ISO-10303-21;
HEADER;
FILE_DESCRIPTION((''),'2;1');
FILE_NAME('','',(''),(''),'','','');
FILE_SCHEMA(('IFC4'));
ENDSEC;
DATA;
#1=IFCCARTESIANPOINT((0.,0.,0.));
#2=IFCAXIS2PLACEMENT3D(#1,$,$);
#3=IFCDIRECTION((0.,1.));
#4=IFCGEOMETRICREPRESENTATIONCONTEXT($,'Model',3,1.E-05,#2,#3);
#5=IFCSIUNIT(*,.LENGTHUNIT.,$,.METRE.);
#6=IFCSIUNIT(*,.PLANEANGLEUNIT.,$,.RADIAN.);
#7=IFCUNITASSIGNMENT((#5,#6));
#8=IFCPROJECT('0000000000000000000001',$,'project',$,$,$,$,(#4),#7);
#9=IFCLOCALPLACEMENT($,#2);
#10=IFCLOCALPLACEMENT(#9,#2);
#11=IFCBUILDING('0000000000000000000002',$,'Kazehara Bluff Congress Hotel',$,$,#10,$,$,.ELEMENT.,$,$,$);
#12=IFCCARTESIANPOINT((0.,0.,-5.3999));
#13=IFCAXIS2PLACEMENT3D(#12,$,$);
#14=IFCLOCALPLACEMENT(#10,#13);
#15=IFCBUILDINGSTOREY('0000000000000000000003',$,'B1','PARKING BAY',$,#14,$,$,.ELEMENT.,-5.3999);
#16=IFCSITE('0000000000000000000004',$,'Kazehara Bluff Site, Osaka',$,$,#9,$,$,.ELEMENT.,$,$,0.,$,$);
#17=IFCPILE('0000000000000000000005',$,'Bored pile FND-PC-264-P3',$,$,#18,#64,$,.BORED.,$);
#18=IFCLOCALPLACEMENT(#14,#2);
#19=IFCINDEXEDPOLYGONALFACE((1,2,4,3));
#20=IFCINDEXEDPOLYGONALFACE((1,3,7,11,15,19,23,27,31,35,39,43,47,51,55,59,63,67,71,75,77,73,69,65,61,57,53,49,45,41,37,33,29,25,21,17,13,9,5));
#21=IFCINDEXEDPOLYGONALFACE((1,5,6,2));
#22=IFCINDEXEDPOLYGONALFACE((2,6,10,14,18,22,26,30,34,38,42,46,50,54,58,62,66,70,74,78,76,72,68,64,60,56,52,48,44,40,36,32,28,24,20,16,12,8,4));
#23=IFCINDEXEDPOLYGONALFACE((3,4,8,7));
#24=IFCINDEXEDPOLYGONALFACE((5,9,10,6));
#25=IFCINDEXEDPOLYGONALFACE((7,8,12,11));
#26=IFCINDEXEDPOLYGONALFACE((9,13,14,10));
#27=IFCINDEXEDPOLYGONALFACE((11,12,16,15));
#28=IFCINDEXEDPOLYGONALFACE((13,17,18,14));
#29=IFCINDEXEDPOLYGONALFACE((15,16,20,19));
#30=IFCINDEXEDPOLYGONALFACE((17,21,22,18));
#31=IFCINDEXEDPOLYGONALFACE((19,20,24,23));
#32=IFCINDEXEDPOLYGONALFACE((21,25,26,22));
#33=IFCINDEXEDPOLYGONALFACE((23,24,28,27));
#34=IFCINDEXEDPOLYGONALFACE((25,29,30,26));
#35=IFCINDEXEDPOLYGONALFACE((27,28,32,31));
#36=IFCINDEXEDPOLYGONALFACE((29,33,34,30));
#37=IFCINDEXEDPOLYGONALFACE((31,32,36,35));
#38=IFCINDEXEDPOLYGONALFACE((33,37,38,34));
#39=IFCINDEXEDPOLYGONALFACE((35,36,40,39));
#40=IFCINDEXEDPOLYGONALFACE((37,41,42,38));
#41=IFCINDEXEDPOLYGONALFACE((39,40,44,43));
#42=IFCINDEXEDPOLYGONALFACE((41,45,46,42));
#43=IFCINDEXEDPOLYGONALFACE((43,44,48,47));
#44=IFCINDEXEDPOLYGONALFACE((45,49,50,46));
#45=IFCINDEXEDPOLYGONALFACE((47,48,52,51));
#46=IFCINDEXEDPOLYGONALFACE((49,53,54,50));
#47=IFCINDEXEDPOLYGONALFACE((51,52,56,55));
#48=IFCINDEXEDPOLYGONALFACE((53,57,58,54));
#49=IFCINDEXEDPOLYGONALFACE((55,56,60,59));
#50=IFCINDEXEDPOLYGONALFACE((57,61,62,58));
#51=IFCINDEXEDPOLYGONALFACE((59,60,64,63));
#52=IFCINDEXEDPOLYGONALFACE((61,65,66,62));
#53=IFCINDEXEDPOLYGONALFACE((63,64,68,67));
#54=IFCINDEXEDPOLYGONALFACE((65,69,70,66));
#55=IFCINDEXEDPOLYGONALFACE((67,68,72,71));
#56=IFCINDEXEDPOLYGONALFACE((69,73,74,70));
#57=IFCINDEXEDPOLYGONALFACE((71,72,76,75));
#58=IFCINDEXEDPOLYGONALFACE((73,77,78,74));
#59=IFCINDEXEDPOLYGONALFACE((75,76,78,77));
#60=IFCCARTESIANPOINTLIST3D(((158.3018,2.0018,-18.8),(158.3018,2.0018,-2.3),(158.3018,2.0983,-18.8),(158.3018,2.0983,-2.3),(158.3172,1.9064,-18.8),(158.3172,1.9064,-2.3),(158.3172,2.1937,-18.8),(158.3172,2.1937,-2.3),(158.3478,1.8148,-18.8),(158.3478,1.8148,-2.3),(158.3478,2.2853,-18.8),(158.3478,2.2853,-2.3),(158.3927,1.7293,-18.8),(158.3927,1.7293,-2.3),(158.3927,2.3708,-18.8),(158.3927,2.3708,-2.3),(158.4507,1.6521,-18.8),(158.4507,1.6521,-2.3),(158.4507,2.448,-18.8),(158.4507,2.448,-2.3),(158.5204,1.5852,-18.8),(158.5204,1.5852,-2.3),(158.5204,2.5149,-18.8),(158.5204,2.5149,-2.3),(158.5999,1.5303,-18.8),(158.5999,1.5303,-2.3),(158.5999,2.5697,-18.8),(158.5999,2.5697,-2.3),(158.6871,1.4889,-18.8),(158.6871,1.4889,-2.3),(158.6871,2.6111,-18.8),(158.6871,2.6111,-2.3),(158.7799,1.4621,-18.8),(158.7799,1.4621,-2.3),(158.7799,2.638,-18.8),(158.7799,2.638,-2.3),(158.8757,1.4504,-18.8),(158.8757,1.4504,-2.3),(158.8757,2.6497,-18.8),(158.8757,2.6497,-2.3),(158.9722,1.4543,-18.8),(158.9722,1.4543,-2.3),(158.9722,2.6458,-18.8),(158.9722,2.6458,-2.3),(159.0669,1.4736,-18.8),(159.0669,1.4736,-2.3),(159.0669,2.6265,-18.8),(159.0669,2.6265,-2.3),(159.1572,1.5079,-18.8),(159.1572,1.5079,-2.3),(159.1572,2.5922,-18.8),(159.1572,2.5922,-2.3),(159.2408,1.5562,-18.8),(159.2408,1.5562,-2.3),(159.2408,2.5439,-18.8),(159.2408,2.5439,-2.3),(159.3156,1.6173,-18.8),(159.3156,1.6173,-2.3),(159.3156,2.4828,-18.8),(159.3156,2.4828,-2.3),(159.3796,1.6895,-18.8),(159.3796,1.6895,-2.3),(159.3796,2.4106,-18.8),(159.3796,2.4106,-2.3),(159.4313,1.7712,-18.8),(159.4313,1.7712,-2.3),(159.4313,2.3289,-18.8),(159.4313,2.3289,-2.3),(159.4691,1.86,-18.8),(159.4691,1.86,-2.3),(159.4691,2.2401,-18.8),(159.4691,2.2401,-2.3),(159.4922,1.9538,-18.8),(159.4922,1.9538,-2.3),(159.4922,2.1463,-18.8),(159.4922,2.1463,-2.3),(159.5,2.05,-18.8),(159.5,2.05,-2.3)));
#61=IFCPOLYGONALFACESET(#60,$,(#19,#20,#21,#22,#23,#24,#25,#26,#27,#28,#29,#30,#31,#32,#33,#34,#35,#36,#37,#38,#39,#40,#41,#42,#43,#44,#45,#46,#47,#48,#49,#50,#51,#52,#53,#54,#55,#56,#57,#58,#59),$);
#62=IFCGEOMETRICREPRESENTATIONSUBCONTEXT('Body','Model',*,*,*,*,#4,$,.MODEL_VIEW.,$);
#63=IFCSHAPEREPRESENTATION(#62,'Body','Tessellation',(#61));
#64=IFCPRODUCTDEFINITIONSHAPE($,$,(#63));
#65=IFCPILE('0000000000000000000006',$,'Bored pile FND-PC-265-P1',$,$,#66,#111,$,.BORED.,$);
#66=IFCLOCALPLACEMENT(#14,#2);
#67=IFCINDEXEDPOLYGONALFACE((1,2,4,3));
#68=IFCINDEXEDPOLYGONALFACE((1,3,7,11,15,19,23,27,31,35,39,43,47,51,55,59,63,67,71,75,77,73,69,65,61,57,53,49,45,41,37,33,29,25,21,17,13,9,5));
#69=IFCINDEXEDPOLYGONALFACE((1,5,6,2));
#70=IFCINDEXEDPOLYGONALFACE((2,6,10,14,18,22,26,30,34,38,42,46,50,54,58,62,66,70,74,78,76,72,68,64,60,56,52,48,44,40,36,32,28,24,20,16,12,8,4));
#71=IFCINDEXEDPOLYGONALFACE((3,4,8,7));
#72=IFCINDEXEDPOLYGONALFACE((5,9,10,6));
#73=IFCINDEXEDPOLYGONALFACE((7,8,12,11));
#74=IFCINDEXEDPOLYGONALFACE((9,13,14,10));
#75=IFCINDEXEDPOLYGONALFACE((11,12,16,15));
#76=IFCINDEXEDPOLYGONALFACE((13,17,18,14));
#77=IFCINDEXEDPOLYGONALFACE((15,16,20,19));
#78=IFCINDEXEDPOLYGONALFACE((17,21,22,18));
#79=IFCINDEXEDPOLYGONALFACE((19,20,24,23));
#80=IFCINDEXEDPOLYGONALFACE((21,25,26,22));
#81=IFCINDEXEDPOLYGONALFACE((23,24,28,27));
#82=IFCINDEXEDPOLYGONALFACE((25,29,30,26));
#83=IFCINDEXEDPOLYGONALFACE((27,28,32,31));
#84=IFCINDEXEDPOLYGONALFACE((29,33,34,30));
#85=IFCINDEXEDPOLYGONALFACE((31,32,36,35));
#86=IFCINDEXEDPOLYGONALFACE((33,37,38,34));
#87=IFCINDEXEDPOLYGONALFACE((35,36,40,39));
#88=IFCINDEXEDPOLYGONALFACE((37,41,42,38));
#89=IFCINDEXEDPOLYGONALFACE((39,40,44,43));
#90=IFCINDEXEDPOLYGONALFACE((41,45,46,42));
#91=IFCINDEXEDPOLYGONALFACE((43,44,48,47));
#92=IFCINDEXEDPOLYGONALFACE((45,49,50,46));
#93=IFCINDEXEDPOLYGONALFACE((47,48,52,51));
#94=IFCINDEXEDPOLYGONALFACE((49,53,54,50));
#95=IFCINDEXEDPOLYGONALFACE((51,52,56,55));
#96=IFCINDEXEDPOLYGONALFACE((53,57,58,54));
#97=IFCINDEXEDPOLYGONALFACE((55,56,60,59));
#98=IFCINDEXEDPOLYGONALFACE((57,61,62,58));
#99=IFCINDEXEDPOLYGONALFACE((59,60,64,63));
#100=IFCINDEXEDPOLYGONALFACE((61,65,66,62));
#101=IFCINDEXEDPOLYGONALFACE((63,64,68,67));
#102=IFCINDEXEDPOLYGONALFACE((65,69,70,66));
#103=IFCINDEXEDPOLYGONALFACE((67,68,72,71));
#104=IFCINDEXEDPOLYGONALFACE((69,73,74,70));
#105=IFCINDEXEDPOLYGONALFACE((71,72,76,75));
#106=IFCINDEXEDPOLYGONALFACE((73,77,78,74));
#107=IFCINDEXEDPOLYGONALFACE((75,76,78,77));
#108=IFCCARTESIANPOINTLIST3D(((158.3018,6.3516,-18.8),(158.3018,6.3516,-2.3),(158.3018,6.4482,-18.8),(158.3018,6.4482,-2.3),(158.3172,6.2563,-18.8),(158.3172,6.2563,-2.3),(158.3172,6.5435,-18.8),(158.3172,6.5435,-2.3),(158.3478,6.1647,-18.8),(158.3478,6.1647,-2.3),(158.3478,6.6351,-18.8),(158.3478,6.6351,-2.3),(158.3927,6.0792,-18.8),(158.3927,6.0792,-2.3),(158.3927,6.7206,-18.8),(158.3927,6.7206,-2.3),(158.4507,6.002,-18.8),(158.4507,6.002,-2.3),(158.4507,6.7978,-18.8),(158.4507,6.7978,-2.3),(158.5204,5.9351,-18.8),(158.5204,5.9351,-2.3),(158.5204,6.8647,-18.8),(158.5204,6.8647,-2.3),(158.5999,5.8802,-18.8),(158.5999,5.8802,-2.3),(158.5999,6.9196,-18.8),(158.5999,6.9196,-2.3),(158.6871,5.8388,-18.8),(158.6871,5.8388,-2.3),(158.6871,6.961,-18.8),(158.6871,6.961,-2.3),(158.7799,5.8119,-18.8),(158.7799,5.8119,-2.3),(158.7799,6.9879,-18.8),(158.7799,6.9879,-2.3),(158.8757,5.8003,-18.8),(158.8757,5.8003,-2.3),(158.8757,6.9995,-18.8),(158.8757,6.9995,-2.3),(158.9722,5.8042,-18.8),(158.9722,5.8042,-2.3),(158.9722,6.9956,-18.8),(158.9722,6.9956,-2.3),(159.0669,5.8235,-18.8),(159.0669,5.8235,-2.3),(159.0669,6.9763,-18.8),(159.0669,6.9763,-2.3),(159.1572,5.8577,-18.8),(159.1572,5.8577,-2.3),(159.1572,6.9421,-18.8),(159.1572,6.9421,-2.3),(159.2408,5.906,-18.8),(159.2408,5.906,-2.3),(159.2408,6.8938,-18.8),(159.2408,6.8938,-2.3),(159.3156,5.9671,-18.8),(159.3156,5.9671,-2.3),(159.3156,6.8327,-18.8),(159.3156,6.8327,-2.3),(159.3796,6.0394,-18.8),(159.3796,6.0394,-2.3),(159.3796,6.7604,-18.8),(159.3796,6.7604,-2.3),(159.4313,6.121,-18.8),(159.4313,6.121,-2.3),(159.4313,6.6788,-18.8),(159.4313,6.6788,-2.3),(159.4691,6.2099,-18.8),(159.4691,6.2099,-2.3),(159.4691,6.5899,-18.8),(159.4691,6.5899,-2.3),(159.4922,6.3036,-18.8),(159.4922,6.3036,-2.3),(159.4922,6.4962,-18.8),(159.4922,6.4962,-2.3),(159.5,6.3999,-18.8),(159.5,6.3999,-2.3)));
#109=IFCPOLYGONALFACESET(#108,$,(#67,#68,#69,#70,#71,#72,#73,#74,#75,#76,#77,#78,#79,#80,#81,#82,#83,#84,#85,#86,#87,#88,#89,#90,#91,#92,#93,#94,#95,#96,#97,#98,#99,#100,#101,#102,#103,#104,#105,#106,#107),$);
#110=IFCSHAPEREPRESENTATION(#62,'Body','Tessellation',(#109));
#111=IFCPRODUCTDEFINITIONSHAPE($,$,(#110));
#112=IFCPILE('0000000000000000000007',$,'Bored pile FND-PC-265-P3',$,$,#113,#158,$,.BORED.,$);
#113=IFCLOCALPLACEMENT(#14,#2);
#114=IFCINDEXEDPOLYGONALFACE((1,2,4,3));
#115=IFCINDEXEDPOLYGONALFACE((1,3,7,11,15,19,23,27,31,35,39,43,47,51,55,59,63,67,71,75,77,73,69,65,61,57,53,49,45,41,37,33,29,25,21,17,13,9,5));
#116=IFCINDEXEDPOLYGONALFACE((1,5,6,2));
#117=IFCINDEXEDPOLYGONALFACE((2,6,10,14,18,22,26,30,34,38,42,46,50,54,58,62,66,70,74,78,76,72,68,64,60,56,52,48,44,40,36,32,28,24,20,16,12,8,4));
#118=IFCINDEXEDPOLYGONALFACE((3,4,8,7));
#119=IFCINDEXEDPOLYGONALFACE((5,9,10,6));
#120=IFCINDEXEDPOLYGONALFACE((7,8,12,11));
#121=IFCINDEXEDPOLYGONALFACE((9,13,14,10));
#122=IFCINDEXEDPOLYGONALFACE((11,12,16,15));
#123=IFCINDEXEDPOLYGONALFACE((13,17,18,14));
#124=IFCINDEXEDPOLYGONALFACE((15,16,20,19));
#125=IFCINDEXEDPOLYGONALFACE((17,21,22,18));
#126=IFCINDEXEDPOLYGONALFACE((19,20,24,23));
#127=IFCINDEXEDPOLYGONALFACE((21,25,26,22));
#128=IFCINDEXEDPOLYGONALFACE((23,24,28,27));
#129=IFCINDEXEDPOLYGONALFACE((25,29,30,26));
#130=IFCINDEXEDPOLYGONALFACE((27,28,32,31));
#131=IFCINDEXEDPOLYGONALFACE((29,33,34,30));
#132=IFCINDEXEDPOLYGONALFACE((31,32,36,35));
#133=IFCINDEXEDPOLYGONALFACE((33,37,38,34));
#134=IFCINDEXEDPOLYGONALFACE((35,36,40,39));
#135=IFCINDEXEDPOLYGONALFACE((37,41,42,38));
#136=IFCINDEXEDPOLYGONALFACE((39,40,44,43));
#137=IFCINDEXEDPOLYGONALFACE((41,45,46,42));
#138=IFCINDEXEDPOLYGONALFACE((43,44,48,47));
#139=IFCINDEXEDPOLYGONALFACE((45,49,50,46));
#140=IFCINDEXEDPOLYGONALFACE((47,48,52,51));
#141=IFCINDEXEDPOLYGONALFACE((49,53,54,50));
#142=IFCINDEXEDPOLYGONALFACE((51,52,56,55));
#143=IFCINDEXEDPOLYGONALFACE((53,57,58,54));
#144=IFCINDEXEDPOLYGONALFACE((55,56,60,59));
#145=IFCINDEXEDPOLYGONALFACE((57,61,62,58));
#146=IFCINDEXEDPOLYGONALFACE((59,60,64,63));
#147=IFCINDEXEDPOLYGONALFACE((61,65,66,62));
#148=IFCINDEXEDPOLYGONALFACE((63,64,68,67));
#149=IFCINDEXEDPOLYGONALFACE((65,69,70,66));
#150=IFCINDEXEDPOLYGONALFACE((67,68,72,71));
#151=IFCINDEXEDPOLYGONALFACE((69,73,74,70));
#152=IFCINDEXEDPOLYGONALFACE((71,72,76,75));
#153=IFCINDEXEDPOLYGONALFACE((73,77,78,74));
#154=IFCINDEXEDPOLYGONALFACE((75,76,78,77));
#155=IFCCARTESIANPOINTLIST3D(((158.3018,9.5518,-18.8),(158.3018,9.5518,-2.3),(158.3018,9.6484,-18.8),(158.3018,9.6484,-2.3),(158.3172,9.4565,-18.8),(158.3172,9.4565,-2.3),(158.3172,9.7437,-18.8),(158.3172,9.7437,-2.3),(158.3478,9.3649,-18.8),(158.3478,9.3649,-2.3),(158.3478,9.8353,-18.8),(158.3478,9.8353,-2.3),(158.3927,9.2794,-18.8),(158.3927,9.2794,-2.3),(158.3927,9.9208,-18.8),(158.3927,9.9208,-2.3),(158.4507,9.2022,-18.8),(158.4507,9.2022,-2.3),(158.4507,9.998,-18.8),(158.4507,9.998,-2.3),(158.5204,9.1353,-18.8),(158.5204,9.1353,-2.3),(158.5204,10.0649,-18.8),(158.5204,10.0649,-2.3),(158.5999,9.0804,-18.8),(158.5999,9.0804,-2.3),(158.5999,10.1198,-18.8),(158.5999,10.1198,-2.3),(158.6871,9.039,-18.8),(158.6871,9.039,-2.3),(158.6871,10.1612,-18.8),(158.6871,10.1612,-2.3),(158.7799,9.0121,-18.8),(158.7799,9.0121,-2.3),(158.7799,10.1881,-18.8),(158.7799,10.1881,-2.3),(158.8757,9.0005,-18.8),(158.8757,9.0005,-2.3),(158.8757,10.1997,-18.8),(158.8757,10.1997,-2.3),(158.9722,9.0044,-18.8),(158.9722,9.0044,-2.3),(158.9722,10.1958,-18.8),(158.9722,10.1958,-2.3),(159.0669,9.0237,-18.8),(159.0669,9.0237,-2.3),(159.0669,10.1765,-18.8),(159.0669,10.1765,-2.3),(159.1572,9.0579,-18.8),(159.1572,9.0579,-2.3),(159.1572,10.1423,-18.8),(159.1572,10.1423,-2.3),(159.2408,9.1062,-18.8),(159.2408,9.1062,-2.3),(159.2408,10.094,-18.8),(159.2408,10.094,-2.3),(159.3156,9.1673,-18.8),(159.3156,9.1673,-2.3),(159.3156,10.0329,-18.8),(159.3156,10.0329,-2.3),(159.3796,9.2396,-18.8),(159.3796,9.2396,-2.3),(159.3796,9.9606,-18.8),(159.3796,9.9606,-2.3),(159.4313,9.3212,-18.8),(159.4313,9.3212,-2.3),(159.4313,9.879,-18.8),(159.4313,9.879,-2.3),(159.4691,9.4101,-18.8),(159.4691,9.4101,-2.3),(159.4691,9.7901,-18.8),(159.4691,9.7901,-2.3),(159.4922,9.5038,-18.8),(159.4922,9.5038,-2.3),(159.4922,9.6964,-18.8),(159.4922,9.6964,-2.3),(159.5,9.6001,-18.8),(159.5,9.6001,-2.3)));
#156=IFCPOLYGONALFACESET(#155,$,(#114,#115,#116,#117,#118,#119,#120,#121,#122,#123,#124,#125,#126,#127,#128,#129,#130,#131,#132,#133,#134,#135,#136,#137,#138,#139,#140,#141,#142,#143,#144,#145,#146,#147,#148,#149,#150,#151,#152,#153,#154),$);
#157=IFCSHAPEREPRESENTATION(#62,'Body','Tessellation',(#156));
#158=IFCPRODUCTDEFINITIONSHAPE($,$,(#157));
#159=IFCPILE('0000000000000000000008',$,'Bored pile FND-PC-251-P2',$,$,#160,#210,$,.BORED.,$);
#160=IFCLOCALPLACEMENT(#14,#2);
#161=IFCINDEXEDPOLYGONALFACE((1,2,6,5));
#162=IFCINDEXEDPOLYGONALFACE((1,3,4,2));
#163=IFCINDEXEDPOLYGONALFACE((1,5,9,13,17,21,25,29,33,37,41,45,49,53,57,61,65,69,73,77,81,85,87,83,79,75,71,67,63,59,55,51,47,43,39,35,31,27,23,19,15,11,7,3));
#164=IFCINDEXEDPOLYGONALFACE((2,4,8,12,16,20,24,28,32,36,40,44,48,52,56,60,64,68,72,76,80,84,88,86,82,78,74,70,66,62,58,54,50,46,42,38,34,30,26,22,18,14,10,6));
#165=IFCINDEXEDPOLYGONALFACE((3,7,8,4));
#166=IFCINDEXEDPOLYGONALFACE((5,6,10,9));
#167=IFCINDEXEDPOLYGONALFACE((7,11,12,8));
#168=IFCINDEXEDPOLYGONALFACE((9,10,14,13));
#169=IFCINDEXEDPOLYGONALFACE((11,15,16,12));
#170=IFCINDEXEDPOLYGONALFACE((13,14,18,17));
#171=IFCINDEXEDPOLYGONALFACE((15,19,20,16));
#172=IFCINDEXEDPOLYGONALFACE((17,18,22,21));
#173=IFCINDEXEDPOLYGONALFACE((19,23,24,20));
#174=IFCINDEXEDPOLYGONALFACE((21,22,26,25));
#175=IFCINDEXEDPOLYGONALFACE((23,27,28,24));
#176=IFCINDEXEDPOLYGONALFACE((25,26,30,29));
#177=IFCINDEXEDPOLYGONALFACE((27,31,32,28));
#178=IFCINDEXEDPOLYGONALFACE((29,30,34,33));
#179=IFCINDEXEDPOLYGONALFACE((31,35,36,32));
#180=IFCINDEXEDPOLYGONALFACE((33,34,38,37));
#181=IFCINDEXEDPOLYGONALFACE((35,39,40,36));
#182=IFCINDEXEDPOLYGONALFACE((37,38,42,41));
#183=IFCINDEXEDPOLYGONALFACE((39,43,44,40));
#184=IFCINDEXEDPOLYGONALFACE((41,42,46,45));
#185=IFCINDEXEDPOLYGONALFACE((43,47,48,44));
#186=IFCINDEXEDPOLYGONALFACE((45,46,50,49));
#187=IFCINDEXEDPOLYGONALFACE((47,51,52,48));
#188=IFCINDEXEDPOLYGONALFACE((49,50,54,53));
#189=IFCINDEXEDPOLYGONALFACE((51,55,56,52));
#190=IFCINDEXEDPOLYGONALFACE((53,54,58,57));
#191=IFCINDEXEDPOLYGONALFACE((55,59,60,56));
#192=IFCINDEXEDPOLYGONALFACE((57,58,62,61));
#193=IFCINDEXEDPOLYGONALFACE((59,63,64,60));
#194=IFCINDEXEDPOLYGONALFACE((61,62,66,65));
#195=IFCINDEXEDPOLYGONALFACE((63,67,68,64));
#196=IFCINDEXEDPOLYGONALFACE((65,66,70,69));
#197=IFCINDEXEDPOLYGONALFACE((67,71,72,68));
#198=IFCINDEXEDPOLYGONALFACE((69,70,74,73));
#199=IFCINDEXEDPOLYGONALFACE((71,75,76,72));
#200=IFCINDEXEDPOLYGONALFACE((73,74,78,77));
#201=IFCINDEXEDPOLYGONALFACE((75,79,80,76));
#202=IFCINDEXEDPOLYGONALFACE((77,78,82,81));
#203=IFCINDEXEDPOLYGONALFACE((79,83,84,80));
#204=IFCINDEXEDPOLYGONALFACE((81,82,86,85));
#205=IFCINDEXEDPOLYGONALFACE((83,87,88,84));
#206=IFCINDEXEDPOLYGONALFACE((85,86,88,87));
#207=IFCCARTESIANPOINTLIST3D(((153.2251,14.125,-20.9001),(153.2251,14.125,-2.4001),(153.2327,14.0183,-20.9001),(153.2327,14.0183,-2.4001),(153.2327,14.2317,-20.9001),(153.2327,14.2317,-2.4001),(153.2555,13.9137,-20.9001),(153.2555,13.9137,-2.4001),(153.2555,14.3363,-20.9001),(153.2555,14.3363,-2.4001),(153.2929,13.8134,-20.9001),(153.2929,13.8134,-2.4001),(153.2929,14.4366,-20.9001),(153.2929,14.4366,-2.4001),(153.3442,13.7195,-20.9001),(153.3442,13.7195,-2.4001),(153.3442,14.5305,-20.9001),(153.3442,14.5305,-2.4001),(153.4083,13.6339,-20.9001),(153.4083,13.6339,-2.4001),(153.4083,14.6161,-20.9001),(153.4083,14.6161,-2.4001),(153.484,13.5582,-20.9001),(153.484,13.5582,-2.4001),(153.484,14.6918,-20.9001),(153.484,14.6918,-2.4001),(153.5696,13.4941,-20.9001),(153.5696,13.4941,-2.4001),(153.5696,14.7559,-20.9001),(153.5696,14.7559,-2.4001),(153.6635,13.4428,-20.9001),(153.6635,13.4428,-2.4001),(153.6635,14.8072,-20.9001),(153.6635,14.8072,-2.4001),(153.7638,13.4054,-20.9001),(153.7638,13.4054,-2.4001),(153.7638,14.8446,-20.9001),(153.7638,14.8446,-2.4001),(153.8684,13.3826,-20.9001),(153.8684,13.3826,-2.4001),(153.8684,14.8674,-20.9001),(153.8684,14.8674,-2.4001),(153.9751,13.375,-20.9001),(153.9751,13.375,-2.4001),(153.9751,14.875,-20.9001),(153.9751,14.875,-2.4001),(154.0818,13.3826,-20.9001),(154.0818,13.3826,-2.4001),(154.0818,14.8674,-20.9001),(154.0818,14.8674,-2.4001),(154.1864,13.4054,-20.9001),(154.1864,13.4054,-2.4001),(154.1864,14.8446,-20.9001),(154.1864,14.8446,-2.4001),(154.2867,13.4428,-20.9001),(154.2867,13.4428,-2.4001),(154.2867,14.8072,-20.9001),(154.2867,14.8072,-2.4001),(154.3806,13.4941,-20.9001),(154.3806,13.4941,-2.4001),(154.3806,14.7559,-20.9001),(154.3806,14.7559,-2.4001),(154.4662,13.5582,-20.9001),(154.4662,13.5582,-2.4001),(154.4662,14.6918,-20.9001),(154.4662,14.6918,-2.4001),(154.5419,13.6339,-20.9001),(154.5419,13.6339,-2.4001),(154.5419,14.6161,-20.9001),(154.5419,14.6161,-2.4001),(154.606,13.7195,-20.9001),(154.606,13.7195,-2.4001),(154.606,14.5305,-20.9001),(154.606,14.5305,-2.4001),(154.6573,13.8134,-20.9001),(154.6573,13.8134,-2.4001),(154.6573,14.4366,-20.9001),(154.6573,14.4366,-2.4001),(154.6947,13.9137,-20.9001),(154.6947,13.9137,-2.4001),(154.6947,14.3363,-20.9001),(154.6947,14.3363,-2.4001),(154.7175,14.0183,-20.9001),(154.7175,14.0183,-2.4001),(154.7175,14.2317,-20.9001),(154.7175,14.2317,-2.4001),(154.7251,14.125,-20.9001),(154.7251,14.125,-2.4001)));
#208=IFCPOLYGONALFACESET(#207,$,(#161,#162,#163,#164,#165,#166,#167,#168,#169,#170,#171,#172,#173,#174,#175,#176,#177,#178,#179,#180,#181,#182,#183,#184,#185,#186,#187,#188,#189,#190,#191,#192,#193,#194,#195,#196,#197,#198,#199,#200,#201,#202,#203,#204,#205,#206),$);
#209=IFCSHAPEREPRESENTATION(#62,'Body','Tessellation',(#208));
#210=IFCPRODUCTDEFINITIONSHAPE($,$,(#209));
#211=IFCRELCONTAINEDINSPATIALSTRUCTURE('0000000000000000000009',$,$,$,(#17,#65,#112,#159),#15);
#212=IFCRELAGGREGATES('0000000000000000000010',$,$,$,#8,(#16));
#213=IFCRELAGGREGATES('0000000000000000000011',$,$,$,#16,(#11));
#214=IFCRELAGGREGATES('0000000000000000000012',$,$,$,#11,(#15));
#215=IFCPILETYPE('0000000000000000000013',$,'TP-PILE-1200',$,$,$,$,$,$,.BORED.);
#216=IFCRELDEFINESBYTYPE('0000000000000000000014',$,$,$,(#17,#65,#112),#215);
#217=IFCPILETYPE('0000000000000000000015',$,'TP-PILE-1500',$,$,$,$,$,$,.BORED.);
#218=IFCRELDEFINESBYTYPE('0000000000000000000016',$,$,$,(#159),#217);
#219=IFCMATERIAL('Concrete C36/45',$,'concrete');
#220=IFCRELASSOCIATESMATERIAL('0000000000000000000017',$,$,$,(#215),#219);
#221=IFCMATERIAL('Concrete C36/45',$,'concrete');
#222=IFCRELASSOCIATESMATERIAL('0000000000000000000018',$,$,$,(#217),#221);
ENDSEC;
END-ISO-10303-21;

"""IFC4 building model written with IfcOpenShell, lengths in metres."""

from ifc_helpers import new_model, si_unit, direction, frame, origin, origin_2d, place, context, subcontext, project, spatial, circle, extrude, material, material_profile, profile_set, type_object, element, save


model = new_model("IFC4")

# Units and contexts
model_context = context("Model", 3, precision=1e-05, world=origin(), true_north=direction((0.0, 1.0)))
body_context = subcontext(model_context, "Body", "Model", "MODEL_VIEW")
ifc_project = project(units=[si_unit("LENGTHUNIT", "METRE"), si_unit("PLANEANGLEUNIT", "RADIAN")], contexts=[model_context])

# Site, building, storey
site_placement = place(None, origin())
site = spatial("IfcSite", under=ifc_project, at=site_placement, Name="Kazehara Bluff Site, Osaka", CompositionType="ELEMENT", RefElevation=0.0)
building_placement = place(site_placement, origin())
building = spatial("IfcBuilding", under=site, at=building_placement, Name="Kazehara Bluff Congress Hotel", CompositionType="ELEMENT")
storey_placement = place(building_placement, frame((0.0, 0.0, -5.3999)))
storey = spatial("IfcBuildingStorey", under=building, at=storey_placement, Name="B1", Description="PARKING BAY", CompositionType="ELEMENT", Elevation=-5.3999)

# Piles
ifc_material_1 = material(Name="Concrete C36/45", Category="concrete")
ifc_material_profile_1 = material_profile(ifc_material_1, circle(Radius=0.6001, at=origin_2d()))
ifc_profile_set_1 = profile_set([ifc_material_profile_1], Name="Concrete C36/45")
pile_type_1 = type_object("IfcPileType", Name="TP-PILE-1200", PredefinedType="BORED", material=ifc_profile_set_1)
for number, where, z_axis, x_axis, name in (
    (1, (158.8999, 2.05, -2.3), (0.0, 0.0, -1.0), (1.0, 0.0, 0.0), "Bored pile FND-PC-264-P3"),
    (2, (158.8999, 6.3999, -2.3), (0.0, 0.0, -1.0), (1.0, 0.0, 0.0), "Bored pile FND-PC-265-P1"),
    (3, (158.8999, 9.6001, -2.3), (0.0, 0.0, -1.0), (1.0, 0.0, 0.0), "Bored pile FND-PC-265-P3"),
):
    element("IfcPile", number, at=place(storey_placement, frame(where, z_axis=z_axis, x_axis=x_axis)), inside=storey, type_object=pile_type_1, Name=name, PredefinedType="BORED", context=body_context, shape_type="SweptSolid", body=[
        extrude(circle(Radius=0.6001, at=origin_2d()), origin(), (0.0, 0.0, 1.0), 16.5),
    ])
ifc_material_2 = material(Name="Concrete C36/45", Category="concrete")
ifc_material_profile_2 = material_profile(ifc_material_2, circle(Radius=0.75, at=origin_2d()))
ifc_profile_set_2 = profile_set([ifc_material_profile_2], Name="Concrete C36/45")
pile_type_2 = type_object("IfcPileType", Name="TP-PILE-1500", PredefinedType="BORED", material=ifc_profile_set_2)
for number, where, z_axis, x_axis, name in (
    (4, (153.9751, 14.125, -2.4001), (0.0, 0.0, -1.0), (1.0, 0.0, 0.0), "Bored pile FND-PC-251-P2"),
):
    element("IfcPile", number, at=place(storey_placement, frame(where, z_axis=z_axis, x_axis=x_axis)), inside=storey, type_object=pile_type_2, Name=name, PredefinedType="BORED", context=body_context, shape_type="SweptSolid", body=[
        extrude(circle(Radius=0.75, at=origin_2d()), origin(), (0.0, 0.0, 1.0), 18.5),
    ])

save(model, "model.ifc")
